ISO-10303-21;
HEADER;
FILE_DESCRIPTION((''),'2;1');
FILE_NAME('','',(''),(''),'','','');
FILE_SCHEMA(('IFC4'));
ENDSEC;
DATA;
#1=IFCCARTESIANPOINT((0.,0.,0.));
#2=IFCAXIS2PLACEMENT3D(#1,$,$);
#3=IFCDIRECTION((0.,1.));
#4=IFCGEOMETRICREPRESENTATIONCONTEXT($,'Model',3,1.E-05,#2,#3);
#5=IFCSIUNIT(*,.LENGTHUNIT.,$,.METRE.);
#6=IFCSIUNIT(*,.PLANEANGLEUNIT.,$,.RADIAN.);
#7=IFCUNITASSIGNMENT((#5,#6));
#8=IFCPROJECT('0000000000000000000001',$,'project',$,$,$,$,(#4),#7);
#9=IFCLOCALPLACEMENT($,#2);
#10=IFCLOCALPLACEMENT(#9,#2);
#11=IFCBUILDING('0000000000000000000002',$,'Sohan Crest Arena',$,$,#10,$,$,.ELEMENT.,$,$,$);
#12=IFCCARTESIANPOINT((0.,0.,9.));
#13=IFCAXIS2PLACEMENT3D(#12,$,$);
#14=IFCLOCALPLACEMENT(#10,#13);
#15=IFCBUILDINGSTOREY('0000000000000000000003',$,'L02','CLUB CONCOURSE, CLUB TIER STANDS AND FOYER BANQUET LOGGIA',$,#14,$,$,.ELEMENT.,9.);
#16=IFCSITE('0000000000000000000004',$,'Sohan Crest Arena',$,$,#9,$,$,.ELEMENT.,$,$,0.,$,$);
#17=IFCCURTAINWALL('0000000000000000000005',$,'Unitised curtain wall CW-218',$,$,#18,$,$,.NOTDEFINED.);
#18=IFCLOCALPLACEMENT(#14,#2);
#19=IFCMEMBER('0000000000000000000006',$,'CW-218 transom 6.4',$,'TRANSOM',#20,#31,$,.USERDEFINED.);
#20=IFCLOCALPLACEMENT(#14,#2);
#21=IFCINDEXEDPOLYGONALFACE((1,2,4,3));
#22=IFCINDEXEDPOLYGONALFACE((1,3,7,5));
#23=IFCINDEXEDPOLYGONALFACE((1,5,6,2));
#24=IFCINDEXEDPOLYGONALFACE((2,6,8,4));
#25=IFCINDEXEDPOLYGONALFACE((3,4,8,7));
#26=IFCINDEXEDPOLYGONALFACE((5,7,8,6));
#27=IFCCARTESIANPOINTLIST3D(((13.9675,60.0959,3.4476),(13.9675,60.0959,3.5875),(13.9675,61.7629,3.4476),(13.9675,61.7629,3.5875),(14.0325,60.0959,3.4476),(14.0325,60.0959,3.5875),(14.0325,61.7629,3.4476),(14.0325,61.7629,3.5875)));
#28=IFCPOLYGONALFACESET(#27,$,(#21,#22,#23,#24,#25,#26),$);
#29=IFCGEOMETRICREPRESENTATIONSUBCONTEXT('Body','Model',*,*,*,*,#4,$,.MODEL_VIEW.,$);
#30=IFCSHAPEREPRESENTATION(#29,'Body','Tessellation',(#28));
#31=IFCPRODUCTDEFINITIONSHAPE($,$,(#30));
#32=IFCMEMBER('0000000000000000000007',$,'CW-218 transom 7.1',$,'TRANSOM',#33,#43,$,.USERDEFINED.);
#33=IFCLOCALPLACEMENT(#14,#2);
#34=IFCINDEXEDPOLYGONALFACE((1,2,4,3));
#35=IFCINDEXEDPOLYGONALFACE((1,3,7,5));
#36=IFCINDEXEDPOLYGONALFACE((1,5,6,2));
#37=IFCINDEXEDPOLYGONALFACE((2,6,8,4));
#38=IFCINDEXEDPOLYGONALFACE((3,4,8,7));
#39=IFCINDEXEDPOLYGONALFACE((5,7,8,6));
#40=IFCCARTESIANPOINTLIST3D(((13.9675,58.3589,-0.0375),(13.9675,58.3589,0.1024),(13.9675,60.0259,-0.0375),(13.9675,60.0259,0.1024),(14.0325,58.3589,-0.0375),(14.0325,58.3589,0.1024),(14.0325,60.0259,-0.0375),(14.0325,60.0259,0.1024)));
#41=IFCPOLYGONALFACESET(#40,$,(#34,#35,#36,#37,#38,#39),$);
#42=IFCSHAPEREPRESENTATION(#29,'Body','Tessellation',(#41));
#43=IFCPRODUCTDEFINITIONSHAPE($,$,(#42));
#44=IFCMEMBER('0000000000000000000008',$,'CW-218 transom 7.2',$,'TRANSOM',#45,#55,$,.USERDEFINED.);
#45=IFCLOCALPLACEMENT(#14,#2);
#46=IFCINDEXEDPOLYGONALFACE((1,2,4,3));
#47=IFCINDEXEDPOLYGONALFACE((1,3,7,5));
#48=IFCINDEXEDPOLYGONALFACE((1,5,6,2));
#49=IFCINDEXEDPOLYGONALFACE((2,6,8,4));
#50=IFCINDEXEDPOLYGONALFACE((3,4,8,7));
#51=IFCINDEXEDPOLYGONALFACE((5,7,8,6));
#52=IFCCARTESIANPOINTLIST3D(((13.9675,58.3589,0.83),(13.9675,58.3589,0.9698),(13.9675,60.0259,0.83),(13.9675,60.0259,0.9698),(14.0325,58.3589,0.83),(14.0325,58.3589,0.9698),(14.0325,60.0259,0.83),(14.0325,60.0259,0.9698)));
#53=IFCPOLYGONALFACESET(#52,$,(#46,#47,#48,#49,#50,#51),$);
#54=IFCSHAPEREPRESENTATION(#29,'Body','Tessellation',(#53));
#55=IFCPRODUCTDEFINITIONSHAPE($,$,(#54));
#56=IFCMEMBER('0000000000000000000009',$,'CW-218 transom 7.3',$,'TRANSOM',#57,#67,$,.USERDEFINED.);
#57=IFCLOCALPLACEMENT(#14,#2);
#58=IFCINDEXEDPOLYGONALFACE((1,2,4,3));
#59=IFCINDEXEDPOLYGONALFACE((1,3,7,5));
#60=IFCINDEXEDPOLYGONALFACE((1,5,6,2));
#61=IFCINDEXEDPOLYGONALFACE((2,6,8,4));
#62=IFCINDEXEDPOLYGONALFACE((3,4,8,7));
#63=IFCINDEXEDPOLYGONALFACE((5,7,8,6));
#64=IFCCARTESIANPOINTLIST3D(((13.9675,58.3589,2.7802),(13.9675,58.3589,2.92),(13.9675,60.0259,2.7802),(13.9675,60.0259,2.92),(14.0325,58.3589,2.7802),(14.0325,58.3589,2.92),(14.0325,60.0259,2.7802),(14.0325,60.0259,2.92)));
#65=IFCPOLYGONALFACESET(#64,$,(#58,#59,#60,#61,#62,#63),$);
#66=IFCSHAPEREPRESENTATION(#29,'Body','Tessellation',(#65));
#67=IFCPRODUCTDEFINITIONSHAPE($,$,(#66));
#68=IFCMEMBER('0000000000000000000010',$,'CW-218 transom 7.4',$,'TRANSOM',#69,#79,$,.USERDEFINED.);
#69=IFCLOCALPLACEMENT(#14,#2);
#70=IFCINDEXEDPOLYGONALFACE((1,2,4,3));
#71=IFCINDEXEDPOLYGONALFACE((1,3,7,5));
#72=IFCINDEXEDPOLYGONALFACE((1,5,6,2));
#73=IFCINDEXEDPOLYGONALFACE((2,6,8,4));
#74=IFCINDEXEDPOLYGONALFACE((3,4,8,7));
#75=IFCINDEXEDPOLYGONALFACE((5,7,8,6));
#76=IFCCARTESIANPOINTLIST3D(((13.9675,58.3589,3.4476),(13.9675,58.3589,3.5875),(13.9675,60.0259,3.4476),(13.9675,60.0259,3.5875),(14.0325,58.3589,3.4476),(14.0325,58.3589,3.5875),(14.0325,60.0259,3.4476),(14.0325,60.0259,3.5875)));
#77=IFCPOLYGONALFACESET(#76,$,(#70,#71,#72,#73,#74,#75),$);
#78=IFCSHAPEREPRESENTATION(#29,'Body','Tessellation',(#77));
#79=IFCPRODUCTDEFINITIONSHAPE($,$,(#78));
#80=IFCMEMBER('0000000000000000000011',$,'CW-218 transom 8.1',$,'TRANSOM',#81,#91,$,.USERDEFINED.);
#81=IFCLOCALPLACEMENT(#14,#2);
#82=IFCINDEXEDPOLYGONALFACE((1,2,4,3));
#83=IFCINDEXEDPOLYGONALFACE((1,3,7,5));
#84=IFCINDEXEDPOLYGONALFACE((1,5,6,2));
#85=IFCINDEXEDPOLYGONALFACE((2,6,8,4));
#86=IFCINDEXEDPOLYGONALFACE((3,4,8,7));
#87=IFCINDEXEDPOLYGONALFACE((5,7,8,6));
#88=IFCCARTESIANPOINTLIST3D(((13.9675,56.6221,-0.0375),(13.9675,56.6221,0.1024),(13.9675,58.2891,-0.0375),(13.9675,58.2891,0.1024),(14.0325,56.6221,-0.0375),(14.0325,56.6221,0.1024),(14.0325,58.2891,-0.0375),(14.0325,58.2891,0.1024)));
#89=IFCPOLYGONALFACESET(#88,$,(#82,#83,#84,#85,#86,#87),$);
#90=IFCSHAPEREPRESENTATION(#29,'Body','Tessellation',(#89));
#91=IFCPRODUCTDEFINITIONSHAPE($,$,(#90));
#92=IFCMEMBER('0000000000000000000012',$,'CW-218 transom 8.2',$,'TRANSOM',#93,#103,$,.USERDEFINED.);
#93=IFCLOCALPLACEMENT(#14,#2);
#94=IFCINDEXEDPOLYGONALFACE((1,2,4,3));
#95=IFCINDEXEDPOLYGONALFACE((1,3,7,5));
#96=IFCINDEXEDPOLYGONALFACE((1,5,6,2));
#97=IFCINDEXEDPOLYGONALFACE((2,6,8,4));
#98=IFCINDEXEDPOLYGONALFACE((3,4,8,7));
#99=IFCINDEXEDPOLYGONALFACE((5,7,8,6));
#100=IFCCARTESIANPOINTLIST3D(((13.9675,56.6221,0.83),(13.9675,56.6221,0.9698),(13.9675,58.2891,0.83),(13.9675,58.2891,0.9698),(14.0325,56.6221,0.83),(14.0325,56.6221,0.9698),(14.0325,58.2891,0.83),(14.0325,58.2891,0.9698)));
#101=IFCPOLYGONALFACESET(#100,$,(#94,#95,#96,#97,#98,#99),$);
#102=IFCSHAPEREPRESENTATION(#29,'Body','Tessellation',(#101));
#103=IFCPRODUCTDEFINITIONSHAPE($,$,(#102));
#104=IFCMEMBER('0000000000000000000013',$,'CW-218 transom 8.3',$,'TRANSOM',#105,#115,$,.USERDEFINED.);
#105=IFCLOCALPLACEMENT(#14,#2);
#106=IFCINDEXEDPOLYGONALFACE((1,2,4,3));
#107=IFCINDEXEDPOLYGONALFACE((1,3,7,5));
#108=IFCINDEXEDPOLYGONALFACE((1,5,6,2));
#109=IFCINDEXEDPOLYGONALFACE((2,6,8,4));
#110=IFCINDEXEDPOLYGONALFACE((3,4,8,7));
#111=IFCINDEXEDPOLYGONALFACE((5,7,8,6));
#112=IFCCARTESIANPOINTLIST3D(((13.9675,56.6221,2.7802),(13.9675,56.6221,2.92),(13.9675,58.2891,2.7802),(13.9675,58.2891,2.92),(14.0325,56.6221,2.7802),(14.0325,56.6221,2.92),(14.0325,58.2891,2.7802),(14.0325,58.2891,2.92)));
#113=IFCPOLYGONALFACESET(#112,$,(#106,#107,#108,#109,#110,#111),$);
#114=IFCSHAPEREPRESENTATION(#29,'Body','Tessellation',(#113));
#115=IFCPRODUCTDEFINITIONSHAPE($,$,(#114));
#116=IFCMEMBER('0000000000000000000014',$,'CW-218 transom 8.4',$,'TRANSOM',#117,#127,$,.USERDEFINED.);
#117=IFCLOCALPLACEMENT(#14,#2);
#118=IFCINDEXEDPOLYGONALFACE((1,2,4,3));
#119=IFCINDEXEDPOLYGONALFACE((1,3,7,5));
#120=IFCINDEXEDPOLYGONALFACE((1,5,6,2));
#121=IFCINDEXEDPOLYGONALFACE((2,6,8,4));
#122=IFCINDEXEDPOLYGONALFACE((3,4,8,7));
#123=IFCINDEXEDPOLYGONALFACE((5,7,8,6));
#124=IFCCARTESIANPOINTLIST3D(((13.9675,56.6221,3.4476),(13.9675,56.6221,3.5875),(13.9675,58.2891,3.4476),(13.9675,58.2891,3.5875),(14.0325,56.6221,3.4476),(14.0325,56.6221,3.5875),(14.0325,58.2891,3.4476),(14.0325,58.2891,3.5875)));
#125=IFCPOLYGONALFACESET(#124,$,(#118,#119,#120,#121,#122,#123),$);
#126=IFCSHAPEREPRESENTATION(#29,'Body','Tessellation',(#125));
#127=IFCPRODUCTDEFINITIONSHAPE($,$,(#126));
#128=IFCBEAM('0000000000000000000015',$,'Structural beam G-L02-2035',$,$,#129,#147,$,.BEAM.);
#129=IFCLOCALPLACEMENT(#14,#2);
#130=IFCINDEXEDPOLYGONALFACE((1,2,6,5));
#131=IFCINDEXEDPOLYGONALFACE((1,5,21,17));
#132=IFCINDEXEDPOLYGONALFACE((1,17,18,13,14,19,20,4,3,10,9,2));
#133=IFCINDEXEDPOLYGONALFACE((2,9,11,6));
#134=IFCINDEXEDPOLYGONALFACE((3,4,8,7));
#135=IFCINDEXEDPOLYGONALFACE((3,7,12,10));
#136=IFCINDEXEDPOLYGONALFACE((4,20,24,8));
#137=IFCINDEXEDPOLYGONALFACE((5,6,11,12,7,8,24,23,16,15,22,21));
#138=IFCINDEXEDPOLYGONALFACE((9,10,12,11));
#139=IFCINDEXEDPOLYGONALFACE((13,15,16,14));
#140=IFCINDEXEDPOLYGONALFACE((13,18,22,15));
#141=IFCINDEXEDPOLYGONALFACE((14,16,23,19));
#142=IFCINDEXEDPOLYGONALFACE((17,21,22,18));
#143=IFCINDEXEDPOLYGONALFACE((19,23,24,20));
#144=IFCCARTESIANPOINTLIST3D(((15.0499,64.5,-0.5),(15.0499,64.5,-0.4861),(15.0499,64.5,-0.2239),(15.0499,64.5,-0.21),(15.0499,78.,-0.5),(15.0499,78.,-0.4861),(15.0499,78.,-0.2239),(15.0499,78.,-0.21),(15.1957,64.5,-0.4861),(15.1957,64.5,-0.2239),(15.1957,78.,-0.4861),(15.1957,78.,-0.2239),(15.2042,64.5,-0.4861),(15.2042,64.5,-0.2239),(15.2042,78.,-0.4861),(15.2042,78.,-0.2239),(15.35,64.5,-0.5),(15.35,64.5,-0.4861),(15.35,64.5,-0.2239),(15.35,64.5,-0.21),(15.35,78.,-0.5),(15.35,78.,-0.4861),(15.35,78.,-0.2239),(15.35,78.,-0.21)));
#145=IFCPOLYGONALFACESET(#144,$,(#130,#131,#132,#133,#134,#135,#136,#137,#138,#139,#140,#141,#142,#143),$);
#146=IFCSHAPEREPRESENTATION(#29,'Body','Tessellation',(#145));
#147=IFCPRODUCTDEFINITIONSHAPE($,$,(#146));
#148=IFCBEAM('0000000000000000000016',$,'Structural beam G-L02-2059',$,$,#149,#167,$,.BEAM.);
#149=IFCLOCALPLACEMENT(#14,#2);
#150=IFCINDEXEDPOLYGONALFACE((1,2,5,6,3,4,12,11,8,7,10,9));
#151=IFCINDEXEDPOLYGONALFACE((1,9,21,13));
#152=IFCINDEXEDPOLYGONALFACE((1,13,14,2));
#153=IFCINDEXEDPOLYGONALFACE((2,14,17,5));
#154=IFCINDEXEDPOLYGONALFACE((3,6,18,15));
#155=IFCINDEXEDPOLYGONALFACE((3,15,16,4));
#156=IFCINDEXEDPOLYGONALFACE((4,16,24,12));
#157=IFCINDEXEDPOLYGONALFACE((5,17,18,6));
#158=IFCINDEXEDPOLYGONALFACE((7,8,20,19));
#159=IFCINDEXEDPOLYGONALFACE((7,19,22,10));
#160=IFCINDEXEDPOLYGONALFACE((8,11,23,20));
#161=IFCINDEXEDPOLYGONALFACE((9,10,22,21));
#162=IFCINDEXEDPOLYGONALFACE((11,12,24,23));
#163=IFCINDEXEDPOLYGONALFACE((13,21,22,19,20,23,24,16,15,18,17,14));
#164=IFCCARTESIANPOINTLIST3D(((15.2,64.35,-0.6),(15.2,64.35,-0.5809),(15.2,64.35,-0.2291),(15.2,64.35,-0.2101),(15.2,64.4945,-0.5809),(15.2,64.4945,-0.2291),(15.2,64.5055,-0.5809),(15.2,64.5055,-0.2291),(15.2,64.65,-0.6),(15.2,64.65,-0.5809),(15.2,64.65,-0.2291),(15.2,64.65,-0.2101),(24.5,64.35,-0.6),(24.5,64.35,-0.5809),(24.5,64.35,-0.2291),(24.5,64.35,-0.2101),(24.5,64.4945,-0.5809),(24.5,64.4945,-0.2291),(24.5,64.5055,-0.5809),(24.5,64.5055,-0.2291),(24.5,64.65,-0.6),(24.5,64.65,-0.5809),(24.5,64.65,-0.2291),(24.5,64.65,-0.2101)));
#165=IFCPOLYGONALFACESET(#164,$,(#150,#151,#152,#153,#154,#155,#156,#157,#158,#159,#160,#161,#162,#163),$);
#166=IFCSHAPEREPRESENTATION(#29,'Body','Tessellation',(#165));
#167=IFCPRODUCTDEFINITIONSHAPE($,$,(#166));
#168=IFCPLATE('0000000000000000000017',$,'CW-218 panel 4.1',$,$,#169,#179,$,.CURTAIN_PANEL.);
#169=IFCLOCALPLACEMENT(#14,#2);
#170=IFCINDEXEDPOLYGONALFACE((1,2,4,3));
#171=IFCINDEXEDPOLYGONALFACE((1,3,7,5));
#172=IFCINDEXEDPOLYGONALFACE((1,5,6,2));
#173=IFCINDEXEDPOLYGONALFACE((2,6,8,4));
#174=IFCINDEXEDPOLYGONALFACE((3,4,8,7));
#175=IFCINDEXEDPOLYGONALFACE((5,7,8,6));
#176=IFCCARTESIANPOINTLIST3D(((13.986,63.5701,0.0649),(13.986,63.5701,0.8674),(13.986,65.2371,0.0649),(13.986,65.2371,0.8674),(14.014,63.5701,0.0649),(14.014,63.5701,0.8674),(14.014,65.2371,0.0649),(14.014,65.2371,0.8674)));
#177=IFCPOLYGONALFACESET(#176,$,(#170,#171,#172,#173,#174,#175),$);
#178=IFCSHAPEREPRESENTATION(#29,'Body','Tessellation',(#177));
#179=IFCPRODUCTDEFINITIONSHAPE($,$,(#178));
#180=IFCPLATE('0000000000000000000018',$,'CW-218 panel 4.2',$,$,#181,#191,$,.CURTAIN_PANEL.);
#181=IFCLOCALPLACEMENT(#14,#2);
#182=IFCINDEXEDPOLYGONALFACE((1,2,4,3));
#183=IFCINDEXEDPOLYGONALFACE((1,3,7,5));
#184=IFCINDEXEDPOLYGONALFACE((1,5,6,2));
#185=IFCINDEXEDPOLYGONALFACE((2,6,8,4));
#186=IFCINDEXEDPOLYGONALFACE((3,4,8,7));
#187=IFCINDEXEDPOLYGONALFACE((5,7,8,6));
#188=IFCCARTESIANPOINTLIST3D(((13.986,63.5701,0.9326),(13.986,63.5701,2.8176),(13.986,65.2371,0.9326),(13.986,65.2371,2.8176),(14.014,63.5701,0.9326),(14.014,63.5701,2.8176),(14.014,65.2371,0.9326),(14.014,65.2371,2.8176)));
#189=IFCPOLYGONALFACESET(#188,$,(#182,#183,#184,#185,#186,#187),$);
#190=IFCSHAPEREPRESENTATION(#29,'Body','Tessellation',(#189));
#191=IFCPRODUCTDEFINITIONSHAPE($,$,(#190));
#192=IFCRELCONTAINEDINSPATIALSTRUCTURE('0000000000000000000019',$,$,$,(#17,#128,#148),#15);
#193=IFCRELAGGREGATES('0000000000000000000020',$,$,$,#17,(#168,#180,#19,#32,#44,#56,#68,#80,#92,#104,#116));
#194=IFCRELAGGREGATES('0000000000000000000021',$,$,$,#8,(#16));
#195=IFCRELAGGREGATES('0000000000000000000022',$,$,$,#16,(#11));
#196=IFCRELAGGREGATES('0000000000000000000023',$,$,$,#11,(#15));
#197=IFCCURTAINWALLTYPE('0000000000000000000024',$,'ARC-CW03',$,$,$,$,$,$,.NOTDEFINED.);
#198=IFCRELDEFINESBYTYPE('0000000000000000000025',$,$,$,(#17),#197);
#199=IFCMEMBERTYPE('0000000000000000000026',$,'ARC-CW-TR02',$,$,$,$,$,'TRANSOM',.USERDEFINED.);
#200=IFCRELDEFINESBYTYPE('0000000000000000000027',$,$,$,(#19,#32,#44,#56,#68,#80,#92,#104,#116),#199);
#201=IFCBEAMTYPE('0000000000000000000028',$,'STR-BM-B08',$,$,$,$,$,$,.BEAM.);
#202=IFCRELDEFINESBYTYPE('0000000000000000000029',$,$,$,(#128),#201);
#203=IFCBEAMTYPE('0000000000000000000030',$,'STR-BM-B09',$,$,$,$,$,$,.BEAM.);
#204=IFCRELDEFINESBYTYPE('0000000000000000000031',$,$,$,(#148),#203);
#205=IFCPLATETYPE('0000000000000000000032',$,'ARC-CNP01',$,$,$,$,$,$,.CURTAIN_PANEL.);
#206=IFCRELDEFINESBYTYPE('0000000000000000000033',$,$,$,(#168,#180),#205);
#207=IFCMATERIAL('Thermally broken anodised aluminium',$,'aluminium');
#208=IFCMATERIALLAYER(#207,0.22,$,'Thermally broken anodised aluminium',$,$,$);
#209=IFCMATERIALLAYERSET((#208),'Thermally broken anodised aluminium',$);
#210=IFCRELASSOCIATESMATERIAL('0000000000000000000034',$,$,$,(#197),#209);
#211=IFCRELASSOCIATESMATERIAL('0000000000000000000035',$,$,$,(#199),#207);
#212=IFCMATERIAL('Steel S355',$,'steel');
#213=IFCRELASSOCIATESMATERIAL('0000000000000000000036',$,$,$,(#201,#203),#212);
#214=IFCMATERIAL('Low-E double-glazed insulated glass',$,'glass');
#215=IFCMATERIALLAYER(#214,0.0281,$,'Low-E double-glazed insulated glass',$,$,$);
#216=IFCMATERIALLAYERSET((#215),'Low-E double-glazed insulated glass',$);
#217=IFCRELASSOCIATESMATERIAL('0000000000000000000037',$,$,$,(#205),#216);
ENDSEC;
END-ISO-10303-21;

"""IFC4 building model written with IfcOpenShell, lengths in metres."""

from ifc_helpers import new_model, si_unit, direction, frame, origin, origin_2d, place, context, subcontext, project, spatial, rectangle, i_section, extrude, material, layer, layer_set, material_profile, profile_set, type_object, element, aggregate, save


model = new_model("IFC4")

# Units and contexts
model_context = context("Model", 3, precision=1e-05, world=origin(), true_north=direction((0.0, 1.0)))
body_context = subcontext(model_context, "Body", "Model", "MODEL_VIEW")
ifc_project = project(units=[si_unit("LENGTHUNIT", "METRE"), si_unit("PLANEANGLEUNIT", "RADIAN")], contexts=[model_context])

# Site, building, storey
site_placement = place(None, origin())
site = spatial("IfcSite", under=ifc_project, at=site_placement, Name="Sohan Crest Arena", CompositionType="ELEMENT", RefElevation=0.0)
building_placement = place(site_placement, origin())
building = spatial("IfcBuilding", under=site, at=building_placement, Name="Sohan Crest Arena", CompositionType="ELEMENT")
storey_placement = place(building_placement, frame((0.0, 0.0, 9.0)))
storey = spatial("IfcBuildingStorey", under=building, at=storey_placement, Name="L02", Description="CLUB CONCOURSE, CLUB TIER STANDS AND FOYER BANQUET LOGGIA", CompositionType="ELEMENT", Elevation=9.0)

# Curtain wall, members
ifc_material_1 = material(Name="Thermally broken anodised aluminium", Category="aluminium")
ifc_layer_1 = layer(ifc_material_1, 0.22, Name="Thermally broken anodised aluminium")
ifc_layer_set_1 = layer_set([ifc_layer_1], Name="Thermally broken anodised aluminium")
curtain_wall_type = type_object("IfcCurtainWallType", Name="ARC-CW03", PredefinedType="NOTDEFINED", material=ifc_layer_set_1)
curtain_wall_placement = place(storey_placement, origin())
curtain_wall = element("IfcCurtainWall", 1, at=curtain_wall_placement, inside=storey, type_object=curtain_wall_type, Name="Unitised curtain wall CW-218", PredefinedType="NOTDEFINED")
ifc_material_profile_1 = material_profile(ifc_material_1, rectangle(XDim=0.0649, YDim=0.1399, at=origin_2d()), Name="ALU-TRAN 65x140")
ifc_profile_set_1 = profile_set([ifc_material_profile_1], Name="Thermally broken anodised aluminium")
member_type_1 = type_object("IfcMemberType", Name="ARC-CW-TR02", ElementType="TRANSOM", PredefinedType="USERDEFINED", material=ifc_profile_set_1)
member_1_placement = place(storey_placement, frame((14.0, 61.7629, 3.5176), z_axis=(0.0, -1.0, 0.0), x_axis=(1.0, 0.0, 0.0)))
member_1 = element("IfcMember", 2, at=member_1_placement, type_object=member_type_1, Name="CW-218 transom 6.4", ObjectType="TRANSOM", PredefinedType="USERDEFINED", context=body_context, shape_type="SweptSolid", body=[
    extrude(rectangle(XDim=0.0649, YDim=0.1399, at=origin_2d()), origin(), (0.0, 0.0, 1.0), 1.667),
])
member_2_placement = place(storey_placement, frame((14.0, 60.0259, 0.0325), z_axis=(0.0, -1.0, 0.0), x_axis=(1.0, 0.0, 0.0)))
member_2 = element("IfcMember", 3, at=member_2_placement, type_object=member_type_1, Name="CW-218 transom 7.1", ObjectType="TRANSOM", PredefinedType="USERDEFINED", context=body_context, shape_type="SweptSolid", body=[
    extrude(rectangle(XDim=0.0649, YDim=0.1399, at=origin_2d()), origin(), (0.0, 0.0, 1.0), 1.667),
])
member_3_placement = place(storey_placement, frame((14.0, 60.0259, 0.8999), z_axis=(0.0, -1.0, 0.0), x_axis=(1.0, 0.0, 0.0)))
member_3 = element("IfcMember", 4, at=member_3_placement, type_object=member_type_1, Name="CW-218 transom 7.2", ObjectType="TRANSOM", PredefinedType="USERDEFINED", context=body_context, shape_type="SweptSolid", body=[
    extrude(rectangle(XDim=0.0649, YDim=0.1399, at=origin_2d()), origin(), (0.0, 0.0, 1.0), 1.667),
])
member_4_placement = place(storey_placement, frame((14.0, 60.0259, 2.8501), z_axis=(0.0, -1.0, 0.0), x_axis=(1.0, 0.0, 0.0)))
member_4 = element("IfcMember", 5, at=member_4_placement, type_object=member_type_1, Name="CW-218 transom 7.3", ObjectType="TRANSOM", PredefinedType="USERDEFINED", context=body_context, shape_type="SweptSolid", body=[
    extrude(rectangle(XDim=0.0649, YDim=0.1399, at=origin_2d()), origin(), (0.0, 0.0, 1.0), 1.667),
])
member_5_placement = place(storey_placement, frame((14.0, 60.0259, 3.5176), z_axis=(0.0, -1.0, 0.0), x_axis=(1.0, 0.0, 0.0)))
member_5 = element("IfcMember", 6, at=member_5_placement, type_object=member_type_1, Name="CW-218 transom 7.4", ObjectType="TRANSOM", PredefinedType="USERDEFINED", context=body_context, shape_type="SweptSolid", body=[
    extrude(rectangle(XDim=0.0649, YDim=0.1399, at=origin_2d()), origin(), (0.0, 0.0, 1.0), 1.667),
])
member_6_placement = place(storey_placement, frame((14.0, 58.2891, 0.0325), z_axis=(0.0, -1.0, 0.0), x_axis=(1.0, 0.0, 0.0)))
member_6 = element("IfcMember", 7, at=member_6_placement, type_object=member_type_1, Name="CW-218 transom 8.1", ObjectType="TRANSOM", PredefinedType="USERDEFINED", context=body_context, shape_type="SweptSolid", body=[
    extrude(rectangle(XDim=0.0649, YDim=0.1399, at=origin_2d()), origin(), (0.0, 0.0, 1.0), 1.667),
])
member_7_placement = place(storey_placement, frame((14.0, 58.2891, 0.8999), z_axis=(0.0, -1.0, 0.0), x_axis=(1.0, 0.0, 0.0)))
member_7 = element("IfcMember", 8, at=member_7_placement, type_object=member_type_1, Name="CW-218 transom 8.2", ObjectType="TRANSOM", PredefinedType="USERDEFINED", context=body_context, shape_type="SweptSolid", body=[
    extrude(rectangle(XDim=0.0649, YDim=0.1399, at=origin_2d()), origin(), (0.0, 0.0, 1.0), 1.667),
])
member_8_placement = place(storey_placement, frame((14.0, 58.2891, 2.8501), z_axis=(0.0, -1.0, 0.0), x_axis=(1.0, 0.0, 0.0)))
member_8 = element("IfcMember", 9, at=member_8_placement, type_object=member_type_1, Name="CW-218 transom 8.3", ObjectType="TRANSOM", PredefinedType="USERDEFINED", context=body_context, shape_type="SweptSolid", body=[
    extrude(rectangle(XDim=0.0649, YDim=0.1399, at=origin_2d()), origin(), (0.0, 0.0, 1.0), 1.667),
])
member_9_placement = place(storey_placement, frame((14.0, 58.2891, 3.5176), z_axis=(0.0, -1.0, 0.0), x_axis=(1.0, 0.0, 0.0)))
member_9 = element("IfcMember", 10, at=member_9_placement, type_object=member_type_1, Name="CW-218 transom 8.4", ObjectType="TRANSOM", PredefinedType="USERDEFINED", context=body_context, shape_type="SweptSolid", body=[
    extrude(rectangle(XDim=0.0649, YDim=0.1399, at=origin_2d()), origin(), (0.0, 0.0, 1.0), 1.667),
])

# Beams
ifc_material_2 = material(Name="Steel S355", Category="steel")
ifc_material_profile_2 = material_profile(ifc_material_2, i_section(OverallWidth=0.3, OverallDepth=0.29, WebThickness=0.0085, FlangeThickness=0.0139, at=origin_2d()), Name="HEA 300")
ifc_profile_set_2 = profile_set([ifc_material_profile_2], Name="Steel S355")
beam_type_1 = type_object("IfcBeamType", Name="STR-BM-B08", PredefinedType="BEAM", material=ifc_profile_set_2)
beam_1_placement = place(storey_placement, frame((15.2, 64.5, -0.355), z_axis=(0.0, 1.0, 0.0), x_axis=(-1.0, 0.0, 0.0)))
element("IfcBeam", 11, at=beam_1_placement, inside=storey, type_object=beam_type_1, Name="Structural beam G-L02-2035", PredefinedType="BEAM", context=body_context, shape_type="SweptSolid", body=[
    extrude(i_section(OverallWidth=0.3, OverallDepth=0.29, WebThickness=0.0085, FlangeThickness=0.0139, at=origin_2d()), origin(), (0.0, 0.0, 1.0), 13.5),
])
ifc_material_profile_3 = material_profile(ifc_material_2, i_section(OverallWidth=0.3, OverallDepth=0.3899, WebThickness=0.011, FlangeThickness=0.019, at=origin_2d()), Name="HEA 400")
ifc_profile_set_3 = profile_set([ifc_material_profile_3], Name="Steel S355")
beam_type_2 = type_object("IfcBeamType", Name="STR-BM-B09", PredefinedType="BEAM", material=ifc_profile_set_3)
beam_2_placement = place(storey_placement, frame((15.2, 64.5, -0.405), z_axis=(1.0, 0.0, 0.0), x_axis=(0.0, 1.0, 0.0)))
element("IfcBeam", 12, at=beam_2_placement, inside=storey, type_object=beam_type_2, Name="Structural beam G-L02-2059", PredefinedType="BEAM", context=body_context, shape_type="SweptSolid", body=[
    extrude(i_section(OverallWidth=0.3, OverallDepth=0.3899, WebThickness=0.011, FlangeThickness=0.019, at=origin_2d()), origin(), (0.0, 0.0, 1.0), 9.3),
])

# Plates
ifc_material_3 = material(Name="Low-E double-glazed insulated glass", Category="glass")
ifc_layer_2 = layer(ifc_material_3, 0.0281, Name="Low-E double-glazed insulated glass")
ifc_layer_set_2 = layer_set([ifc_layer_2], Name="Low-E double-glazed insulated glass")
plate_type = type_object("IfcPlateType", Name="ARC-CNP01", PredefinedType="CURTAIN_PANEL", material=ifc_layer_set_2)
plate_1_placement = place(storey_placement, frame((14.0, 64.4036, 0.0649), z_axis=(0.0, 0.0, 1.0), x_axis=(0.0, -1.0, 0.0)))
plate_1 = element("IfcPlate", 13, at=plate_1_placement, type_object=plate_type, Name="CW-218 panel 4.1", PredefinedType="CURTAIN_PANEL", context=body_context, shape_type="SweptSolid", body=[
    extrude(rectangle(XDim=1.667, YDim=0.0281, at=origin_2d()), origin(), (0.0, 0.0, 1.0), 0.8025),
])
plate_2_placement = place(storey_placement, frame((14.0, 64.4036, 0.9326), z_axis=(0.0, 0.0, 1.0), x_axis=(0.0, -1.0, 0.0)))
plate_2 = element("IfcPlate", 14, at=plate_2_placement, type_object=plate_type, Name="CW-218 panel 4.2", PredefinedType="CURTAIN_PANEL", context=body_context, shape_type="SweptSolid", body=[
    extrude(rectangle(XDim=1.667, YDim=0.0281, at=origin_2d()), origin(), (0.0, 0.0, 1.0), 1.885),
])
aggregate(curtain_wall, [plate_1, plate_2, member_1, member_2, member_3, member_4, member_5, member_6, member_7, member_8, member_9])

save(model, "model.ifc")
